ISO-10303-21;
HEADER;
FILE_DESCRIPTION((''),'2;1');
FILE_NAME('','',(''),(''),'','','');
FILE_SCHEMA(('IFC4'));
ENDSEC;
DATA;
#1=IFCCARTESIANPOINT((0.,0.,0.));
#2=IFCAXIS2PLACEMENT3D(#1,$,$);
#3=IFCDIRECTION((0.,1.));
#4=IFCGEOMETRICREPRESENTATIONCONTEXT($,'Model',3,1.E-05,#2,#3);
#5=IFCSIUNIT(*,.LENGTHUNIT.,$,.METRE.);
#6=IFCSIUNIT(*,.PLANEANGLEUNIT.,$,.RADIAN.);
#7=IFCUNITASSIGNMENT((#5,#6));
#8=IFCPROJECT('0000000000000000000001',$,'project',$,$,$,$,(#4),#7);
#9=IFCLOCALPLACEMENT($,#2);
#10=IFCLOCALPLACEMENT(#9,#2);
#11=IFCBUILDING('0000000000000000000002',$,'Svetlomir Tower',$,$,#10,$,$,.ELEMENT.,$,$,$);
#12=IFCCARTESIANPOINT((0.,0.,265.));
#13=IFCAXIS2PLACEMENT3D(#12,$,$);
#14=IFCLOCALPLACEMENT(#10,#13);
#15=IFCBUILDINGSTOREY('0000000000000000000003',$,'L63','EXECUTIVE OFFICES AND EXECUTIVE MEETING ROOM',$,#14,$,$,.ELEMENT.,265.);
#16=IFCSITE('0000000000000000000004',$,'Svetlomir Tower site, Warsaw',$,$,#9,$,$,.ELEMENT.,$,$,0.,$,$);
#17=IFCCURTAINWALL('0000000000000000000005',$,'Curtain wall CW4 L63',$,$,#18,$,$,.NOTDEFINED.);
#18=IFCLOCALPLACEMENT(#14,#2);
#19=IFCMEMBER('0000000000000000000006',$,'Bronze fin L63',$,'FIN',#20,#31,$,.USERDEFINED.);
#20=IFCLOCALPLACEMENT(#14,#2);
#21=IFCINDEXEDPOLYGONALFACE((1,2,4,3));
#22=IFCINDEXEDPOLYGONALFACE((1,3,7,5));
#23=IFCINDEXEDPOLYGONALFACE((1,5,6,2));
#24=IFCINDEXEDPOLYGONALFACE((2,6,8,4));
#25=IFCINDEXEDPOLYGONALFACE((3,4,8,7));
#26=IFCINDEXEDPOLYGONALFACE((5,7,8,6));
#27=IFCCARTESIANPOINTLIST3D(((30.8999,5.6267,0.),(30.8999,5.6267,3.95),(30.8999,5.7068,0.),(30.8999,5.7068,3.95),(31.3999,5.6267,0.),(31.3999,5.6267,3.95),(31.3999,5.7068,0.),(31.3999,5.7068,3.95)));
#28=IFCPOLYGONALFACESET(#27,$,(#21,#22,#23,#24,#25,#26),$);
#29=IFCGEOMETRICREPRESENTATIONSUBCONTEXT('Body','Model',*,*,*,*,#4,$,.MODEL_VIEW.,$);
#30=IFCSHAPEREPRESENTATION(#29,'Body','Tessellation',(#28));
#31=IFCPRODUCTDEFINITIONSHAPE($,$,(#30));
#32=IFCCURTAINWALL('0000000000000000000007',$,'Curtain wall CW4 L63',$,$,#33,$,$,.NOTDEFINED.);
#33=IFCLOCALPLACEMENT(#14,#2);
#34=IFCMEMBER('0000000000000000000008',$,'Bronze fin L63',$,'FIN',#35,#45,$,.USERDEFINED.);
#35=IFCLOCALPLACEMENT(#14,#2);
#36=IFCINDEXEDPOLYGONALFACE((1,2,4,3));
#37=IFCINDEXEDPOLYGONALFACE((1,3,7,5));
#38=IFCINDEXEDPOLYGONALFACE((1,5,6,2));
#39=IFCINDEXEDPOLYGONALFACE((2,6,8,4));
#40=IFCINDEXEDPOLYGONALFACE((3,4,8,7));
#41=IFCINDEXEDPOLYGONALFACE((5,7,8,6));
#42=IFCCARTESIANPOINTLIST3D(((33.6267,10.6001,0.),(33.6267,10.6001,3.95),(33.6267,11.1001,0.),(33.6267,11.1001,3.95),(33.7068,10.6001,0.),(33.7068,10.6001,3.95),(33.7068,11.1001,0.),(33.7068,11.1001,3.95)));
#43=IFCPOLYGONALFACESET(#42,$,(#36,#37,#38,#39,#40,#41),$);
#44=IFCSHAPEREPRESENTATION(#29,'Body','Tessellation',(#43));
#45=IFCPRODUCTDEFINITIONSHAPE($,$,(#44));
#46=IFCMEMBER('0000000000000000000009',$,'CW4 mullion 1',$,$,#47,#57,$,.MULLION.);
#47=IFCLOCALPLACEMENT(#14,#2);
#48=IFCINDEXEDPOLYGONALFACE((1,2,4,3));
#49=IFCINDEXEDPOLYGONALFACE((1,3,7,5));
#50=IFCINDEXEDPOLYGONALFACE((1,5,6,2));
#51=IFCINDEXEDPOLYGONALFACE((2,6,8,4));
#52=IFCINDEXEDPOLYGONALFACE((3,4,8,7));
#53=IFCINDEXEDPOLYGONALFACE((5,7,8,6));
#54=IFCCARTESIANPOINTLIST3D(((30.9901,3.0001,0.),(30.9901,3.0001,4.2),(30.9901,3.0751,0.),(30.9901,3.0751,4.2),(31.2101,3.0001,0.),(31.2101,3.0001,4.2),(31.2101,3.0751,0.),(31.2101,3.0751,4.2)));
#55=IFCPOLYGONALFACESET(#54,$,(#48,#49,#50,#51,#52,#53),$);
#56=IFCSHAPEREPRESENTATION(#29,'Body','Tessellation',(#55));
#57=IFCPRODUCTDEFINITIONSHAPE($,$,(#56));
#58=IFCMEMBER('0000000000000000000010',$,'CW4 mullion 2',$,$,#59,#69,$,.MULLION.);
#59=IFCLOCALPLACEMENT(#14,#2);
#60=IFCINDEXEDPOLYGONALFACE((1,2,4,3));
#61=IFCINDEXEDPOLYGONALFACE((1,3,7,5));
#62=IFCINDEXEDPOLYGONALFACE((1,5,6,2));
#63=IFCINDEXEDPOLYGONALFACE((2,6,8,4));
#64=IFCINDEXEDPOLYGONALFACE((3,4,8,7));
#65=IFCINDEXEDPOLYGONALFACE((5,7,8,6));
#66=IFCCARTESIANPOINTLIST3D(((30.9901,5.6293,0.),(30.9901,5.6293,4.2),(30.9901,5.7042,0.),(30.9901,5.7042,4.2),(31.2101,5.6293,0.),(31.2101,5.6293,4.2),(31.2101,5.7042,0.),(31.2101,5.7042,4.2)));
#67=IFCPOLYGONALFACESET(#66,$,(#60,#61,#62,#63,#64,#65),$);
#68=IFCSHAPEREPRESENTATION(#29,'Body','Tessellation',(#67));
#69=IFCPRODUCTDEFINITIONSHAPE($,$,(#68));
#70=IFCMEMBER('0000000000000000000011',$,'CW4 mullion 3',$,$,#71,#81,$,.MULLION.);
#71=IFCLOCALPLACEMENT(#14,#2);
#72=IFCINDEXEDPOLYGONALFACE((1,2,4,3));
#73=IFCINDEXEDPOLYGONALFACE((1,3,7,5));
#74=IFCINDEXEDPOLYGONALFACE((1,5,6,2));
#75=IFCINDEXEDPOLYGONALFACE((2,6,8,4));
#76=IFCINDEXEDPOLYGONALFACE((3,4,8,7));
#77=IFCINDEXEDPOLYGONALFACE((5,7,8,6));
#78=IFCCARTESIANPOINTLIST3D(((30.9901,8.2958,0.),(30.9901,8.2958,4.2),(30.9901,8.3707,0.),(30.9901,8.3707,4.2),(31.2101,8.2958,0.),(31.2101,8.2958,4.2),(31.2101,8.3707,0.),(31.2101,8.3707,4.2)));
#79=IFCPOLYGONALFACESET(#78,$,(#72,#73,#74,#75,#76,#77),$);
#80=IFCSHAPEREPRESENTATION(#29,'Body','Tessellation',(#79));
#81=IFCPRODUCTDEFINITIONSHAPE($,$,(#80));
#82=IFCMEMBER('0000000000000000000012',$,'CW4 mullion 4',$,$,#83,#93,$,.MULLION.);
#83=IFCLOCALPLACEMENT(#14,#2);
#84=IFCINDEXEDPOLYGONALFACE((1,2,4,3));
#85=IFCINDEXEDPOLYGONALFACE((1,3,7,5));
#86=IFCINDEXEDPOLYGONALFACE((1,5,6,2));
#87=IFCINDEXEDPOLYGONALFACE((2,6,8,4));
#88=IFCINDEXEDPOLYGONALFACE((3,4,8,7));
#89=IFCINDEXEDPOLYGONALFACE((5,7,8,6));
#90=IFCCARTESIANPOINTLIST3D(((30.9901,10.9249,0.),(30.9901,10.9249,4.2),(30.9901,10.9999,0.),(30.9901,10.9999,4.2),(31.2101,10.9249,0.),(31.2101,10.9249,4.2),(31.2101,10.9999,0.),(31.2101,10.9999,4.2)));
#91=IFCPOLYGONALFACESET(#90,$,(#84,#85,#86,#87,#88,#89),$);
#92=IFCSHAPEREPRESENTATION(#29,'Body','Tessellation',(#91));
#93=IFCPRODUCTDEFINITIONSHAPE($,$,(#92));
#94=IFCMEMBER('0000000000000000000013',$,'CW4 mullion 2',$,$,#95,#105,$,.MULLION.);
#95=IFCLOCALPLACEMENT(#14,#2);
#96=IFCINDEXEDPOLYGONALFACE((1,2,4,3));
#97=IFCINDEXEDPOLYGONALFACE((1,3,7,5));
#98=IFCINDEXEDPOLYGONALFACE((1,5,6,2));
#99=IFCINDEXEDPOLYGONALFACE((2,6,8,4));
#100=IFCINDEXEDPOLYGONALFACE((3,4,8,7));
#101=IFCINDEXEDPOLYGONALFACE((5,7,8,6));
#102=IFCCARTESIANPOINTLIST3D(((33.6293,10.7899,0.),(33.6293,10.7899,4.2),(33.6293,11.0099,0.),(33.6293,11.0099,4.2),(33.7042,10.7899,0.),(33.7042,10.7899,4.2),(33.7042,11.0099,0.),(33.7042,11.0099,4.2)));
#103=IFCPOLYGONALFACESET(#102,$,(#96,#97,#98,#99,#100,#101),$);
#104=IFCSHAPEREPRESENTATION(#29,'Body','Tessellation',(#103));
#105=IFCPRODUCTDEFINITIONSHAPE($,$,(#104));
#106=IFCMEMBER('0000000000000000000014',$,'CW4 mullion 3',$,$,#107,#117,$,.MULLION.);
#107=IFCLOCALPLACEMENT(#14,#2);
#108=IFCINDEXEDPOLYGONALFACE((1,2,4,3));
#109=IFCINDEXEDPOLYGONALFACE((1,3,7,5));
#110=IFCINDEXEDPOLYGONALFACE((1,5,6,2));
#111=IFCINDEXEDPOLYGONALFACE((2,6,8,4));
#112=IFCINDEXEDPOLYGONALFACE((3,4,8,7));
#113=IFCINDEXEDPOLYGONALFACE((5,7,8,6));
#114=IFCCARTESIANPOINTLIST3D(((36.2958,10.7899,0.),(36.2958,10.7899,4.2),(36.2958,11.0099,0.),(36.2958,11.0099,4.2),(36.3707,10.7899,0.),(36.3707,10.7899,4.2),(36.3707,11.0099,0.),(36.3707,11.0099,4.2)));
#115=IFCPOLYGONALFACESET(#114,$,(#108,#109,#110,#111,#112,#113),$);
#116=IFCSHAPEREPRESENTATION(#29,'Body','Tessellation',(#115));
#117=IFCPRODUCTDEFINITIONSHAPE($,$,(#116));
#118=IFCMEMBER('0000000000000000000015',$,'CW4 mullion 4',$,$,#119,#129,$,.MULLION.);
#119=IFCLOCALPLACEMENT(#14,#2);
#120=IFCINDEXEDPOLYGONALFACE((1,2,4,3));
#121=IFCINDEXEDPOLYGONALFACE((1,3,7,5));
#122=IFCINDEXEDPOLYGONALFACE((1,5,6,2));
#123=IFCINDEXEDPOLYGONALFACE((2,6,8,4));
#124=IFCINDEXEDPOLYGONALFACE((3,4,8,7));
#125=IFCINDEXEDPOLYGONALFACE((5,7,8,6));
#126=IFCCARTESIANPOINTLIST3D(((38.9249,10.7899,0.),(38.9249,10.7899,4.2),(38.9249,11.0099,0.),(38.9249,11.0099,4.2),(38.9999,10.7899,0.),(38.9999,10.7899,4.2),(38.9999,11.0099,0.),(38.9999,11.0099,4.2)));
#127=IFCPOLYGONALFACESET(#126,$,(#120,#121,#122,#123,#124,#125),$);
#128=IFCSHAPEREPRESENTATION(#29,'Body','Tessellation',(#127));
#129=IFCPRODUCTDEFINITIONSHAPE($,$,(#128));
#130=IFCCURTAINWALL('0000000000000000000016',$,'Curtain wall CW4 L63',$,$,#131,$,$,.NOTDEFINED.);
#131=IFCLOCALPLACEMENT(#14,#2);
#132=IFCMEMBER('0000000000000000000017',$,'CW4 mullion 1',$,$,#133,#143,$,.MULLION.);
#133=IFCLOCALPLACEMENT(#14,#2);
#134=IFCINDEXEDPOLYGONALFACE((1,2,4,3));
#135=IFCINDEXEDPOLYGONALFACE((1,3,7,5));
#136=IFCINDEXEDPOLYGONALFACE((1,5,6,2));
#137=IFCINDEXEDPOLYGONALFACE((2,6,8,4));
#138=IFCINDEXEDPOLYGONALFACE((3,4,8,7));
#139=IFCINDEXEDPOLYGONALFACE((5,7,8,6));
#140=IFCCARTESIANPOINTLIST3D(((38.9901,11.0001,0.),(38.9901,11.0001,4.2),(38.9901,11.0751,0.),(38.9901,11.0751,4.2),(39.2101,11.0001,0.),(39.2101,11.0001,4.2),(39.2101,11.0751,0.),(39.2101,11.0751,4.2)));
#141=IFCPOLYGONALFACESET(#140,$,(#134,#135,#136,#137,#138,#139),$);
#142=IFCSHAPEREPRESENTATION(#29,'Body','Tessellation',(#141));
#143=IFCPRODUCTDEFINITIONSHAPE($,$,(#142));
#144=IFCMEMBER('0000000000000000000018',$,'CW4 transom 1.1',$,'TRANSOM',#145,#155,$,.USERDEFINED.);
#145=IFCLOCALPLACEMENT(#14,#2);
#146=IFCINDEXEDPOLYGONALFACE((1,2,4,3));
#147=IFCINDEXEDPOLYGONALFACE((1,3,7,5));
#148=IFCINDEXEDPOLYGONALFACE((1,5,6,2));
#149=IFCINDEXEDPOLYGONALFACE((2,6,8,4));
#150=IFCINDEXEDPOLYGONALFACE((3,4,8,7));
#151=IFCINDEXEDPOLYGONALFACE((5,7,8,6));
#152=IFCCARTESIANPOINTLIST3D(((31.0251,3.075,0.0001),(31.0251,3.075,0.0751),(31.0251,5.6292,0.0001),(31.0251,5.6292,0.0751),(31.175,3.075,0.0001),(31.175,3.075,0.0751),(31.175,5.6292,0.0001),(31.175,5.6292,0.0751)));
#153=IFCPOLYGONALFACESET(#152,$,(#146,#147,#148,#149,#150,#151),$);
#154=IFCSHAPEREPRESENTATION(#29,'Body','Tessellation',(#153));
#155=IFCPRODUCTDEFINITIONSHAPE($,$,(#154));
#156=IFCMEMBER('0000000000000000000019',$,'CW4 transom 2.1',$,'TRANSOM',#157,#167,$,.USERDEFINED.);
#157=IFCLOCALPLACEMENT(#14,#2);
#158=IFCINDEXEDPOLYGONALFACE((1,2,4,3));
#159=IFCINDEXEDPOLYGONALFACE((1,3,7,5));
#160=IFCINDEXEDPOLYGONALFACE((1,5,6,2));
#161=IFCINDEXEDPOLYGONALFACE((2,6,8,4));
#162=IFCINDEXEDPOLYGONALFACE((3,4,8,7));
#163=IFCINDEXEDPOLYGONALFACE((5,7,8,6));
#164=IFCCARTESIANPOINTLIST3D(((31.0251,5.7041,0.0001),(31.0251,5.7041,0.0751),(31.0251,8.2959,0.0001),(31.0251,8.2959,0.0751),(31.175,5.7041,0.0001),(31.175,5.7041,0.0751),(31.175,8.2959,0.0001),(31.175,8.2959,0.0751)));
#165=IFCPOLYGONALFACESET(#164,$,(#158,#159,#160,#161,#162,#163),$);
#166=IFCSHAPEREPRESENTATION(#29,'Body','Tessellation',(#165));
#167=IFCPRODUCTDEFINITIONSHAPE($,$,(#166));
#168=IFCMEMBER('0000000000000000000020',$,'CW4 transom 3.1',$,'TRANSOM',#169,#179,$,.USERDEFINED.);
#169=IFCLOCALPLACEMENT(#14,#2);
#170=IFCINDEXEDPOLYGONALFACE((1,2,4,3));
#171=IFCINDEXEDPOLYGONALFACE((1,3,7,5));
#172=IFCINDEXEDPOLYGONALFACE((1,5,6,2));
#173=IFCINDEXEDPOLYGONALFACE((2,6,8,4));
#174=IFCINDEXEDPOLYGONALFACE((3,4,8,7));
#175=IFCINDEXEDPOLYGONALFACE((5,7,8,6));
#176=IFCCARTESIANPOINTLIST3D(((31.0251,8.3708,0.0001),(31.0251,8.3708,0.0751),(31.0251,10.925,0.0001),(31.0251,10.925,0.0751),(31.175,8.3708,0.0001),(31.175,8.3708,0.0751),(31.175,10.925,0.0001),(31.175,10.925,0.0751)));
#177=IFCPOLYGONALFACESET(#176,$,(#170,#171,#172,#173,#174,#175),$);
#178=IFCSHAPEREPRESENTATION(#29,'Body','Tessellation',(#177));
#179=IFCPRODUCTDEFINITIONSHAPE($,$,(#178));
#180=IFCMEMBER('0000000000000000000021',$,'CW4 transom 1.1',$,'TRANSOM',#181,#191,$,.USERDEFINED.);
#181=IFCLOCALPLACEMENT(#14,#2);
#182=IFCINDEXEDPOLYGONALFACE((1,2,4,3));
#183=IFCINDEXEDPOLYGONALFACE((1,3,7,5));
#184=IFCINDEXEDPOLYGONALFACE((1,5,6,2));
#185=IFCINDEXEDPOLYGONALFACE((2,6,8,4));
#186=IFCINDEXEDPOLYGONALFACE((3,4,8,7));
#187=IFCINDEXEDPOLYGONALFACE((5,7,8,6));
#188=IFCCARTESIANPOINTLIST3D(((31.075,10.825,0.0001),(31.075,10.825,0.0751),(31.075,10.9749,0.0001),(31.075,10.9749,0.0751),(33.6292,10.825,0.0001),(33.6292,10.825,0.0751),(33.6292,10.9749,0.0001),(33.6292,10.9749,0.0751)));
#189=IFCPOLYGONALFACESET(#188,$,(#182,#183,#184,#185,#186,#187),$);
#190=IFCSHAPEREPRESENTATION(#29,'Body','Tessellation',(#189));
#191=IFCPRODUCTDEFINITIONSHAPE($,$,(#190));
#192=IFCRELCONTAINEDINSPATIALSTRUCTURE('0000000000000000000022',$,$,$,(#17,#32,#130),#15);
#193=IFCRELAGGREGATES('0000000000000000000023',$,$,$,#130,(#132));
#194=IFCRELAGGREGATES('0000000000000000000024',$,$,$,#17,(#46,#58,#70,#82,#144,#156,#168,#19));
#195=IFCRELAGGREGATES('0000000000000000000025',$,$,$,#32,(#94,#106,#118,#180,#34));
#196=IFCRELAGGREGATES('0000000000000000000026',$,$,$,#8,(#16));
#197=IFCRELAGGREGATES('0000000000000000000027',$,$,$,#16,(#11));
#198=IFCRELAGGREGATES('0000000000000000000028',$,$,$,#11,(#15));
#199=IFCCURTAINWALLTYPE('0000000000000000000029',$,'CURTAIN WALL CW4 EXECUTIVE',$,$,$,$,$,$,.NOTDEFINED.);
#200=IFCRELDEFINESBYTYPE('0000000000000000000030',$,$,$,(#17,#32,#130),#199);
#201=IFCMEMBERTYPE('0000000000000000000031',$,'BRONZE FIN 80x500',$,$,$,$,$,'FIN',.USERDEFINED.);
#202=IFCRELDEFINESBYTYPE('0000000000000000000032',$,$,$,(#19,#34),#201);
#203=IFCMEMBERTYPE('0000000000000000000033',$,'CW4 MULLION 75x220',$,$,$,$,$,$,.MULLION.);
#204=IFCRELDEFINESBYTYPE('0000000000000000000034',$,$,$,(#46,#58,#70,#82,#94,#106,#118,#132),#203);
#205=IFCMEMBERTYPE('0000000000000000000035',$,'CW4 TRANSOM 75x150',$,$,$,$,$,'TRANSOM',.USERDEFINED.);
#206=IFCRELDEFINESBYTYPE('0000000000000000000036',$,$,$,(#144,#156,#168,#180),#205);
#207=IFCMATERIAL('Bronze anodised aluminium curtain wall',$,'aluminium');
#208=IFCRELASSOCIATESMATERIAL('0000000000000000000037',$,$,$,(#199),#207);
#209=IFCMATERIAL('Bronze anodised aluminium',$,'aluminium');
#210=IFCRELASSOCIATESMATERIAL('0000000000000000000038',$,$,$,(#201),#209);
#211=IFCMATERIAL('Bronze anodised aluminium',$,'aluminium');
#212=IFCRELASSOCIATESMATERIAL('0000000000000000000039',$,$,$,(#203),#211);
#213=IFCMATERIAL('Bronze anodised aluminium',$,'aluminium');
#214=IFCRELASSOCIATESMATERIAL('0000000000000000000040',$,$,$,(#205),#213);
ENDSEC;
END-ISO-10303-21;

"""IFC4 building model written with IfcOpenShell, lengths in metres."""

from ifc_helpers import new_model, si_unit, direction, frame, origin, origin_2d, place, context, subcontext, project, spatial, rectangle, extrude, material, material_profile, profile_set, type_object, element, aggregate, save


model = new_model("IFC4")

# Units and contexts
model_context = context("Model", 3, precision=1e-05, world=origin(), true_north=direction((0.0, 1.0)))
body_context = subcontext(model_context, "Body", "Model", "MODEL_VIEW")
ifc_project = project(units=[si_unit("LENGTHUNIT", "METRE"), si_unit("PLANEANGLEUNIT", "RADIAN")], contexts=[model_context])

# Site, building, storey
site_placement = place(None, origin())
site = spatial("IfcSite", under=ifc_project, at=site_placement, Name="Svetlomir Tower site, Warsaw", CompositionType="ELEMENT", RefElevation=0.0)
building_placement = place(site_placement, origin())
building = spatial("IfcBuilding", under=site, at=building_placement, Name="Svetlomir Tower", CompositionType="ELEMENT")
storey_placement = place(building_placement, frame((0.0, 0.0, 265.0)))
storey = spatial("IfcBuildingStorey", under=building, at=storey_placement, Name="L63", Description="EXECUTIVE OFFICES AND EXECUTIVE MEETING ROOM", CompositionType="ELEMENT", Elevation=265.0)

# Curtain walls, members
ifc_material_1 = material(Name="Bronze anodised aluminium curtain wall", Category="aluminium")
curtain_wall_type = type_object("IfcCurtainWallType", Name="CURTAIN WALL CW4 EXECUTIVE", PredefinedType="NOTDEFINED", material=ifc_material_1)
curtain_wall_1_placement = place(storey_placement, origin())
curtain_wall_1 = element("IfcCurtainWall", 1, at=curtain_wall_1_placement, inside=storey, type_object=curtain_wall_type, Name="Curtain wall CW4 L63", PredefinedType="NOTDEFINED")
ifc_material_2 = material(Name="Bronze anodised aluminium", Category="aluminium")
ifc_material_profile_1 = material_profile(ifc_material_2, rectangle(XDim=0.0801, YDim=0.5, at=origin_2d()), Name="FIN 80x500")
ifc_profile_set_1 = profile_set([ifc_material_profile_1], Name="Bronze anodised aluminium 6063-T6")
member_type_1 = type_object("IfcMemberType", Name="BRONZE FIN 80x500", ElementType="FIN", PredefinedType="USERDEFINED", material=ifc_profile_set_1)
member_1_placement = place(storey_placement, frame((31.1499, 5.6667, 0.0), z_axis=(0.0, 0.0, 1.0), x_axis=(0.0, 1.0, 0.0)))
member_1 = element("IfcMember", 2, at=member_1_placement, type_object=member_type_1, Name="Bronze fin L63", ObjectType="FIN", PredefinedType="USERDEFINED", context=body_context, shape_type="SweptSolid", body=[
    extrude(rectangle(XDim=0.0801, YDim=0.5, at=origin_2d()), origin(), (0.0, 0.0, 1.0), 3.95),
])
curtain_wall_2_placement = place(storey_placement, origin())
curtain_wall_2 = element("IfcCurtainWall", 3, at=curtain_wall_2_placement, inside=storey, type_object=curtain_wall_type, Name="Curtain wall CW4 L63", PredefinedType="NOTDEFINED")
member_2_placement = place(storey_placement, frame((33.6667, 10.8501, 0.0), z_axis=(0.0, 0.0, 1.0), x_axis=(1.0, 0.0, 0.0)))
member_2 = element("IfcMember", 4, at=member_2_placement, type_object=member_type_1, Name="Bronze fin L63", ObjectType="FIN", PredefinedType="USERDEFINED", context=body_context, shape_type="SweptSolid", body=[
    extrude(rectangle(XDim=0.0801, YDim=0.5, at=origin_2d()), origin(), (0.0, 0.0, 1.0), 3.95),
])

# Members
ifc_material_3 = material(Name="Bronze anodised aluminium", Category="aluminium")
ifc_material_profile_2 = material_profile(ifc_material_3, rectangle(XDim=0.075, YDim=0.22, at=origin_2d()), Name="AL 75x220")
ifc_profile_set_2 = profile_set([ifc_material_profile_2], Name="Bronze anodised aluminium 6063-T6")
member_type_2 = type_object("IfcMemberType", Name="CW4 MULLION 75x220", PredefinedType="MULLION", material=ifc_profile_set_2)
member_3_placement = place(storey_placement, frame((31.1001, 3.0376, 0.0), z_axis=(0.0, 0.0, 1.0), x_axis=(0.0, 1.0, 0.0)))
member_3 = element("IfcMember", 5, at=member_3_placement, type_object=member_type_2, Name="CW4 mullion 1", PredefinedType="MULLION", context=body_context, shape_type="SweptSolid", body=[
    extrude(rectangle(XDim=0.075, YDim=0.22, at=origin_2d()), origin(), (0.0, 0.0, 1.0), 4.2),
])
member_4_placement = place(storey_placement, frame((31.1001, 5.6667, 0.0), z_axis=(0.0, 0.0, 1.0), x_axis=(0.0, 1.0, 0.0)))
member_4 = element("IfcMember", 6, at=member_4_placement, type_object=member_type_2, Name="CW4 mullion 2", PredefinedType="MULLION", context=body_context, shape_type="SweptSolid", body=[
    extrude(rectangle(XDim=0.075, YDim=0.22, at=origin_2d()), origin(), (0.0, 0.0, 1.0), 4.2),
])
member_5_placement = place(storey_placement, frame((31.1001, 8.3333, 0.0), z_axis=(0.0, 0.0, 1.0), x_axis=(0.0, 1.0, 0.0)))
member_5 = element("IfcMember", 7, at=member_5_placement, type_object=member_type_2, Name="CW4 mullion 3", PredefinedType="MULLION", context=body_context, shape_type="SweptSolid", body=[
    extrude(rectangle(XDim=0.075, YDim=0.22, at=origin_2d()), origin(), (0.0, 0.0, 1.0), 4.2),
])
member_6_placement = place(storey_placement, frame((31.1001, 10.9624, 0.0), z_axis=(0.0, 0.0, 1.0), x_axis=(0.0, 1.0, 0.0)))
member_6 = element("IfcMember", 8, at=member_6_placement, type_object=member_type_2, Name="CW4 mullion 4", PredefinedType="MULLION", context=body_context, shape_type="SweptSolid", body=[
    extrude(rectangle(XDim=0.075, YDim=0.22, at=origin_2d()), origin(), (0.0, 0.0, 1.0), 4.2),
])
member_7_placement = place(storey_placement, frame((33.6667, 10.8999, 0.0), z_axis=(0.0, 0.0, 1.0), x_axis=(1.0, 0.0, 0.0)))
member_7 = element("IfcMember", 9, at=member_7_placement, type_object=member_type_2, Name="CW4 mullion 2", PredefinedType="MULLION", context=body_context, shape_type="SweptSolid", body=[
    extrude(rectangle(XDim=0.075, YDim=0.22, at=origin_2d()), origin(), (0.0, 0.0, 1.0), 4.2),
])
member_8_placement = place(storey_placement, frame((36.3333, 10.8999, 0.0), z_axis=(0.0, 0.0, 1.0), x_axis=(1.0, 0.0, 0.0)))
member_8 = element("IfcMember", 10, at=member_8_placement, type_object=member_type_2, Name="CW4 mullion 3", PredefinedType="MULLION", context=body_context, shape_type="SweptSolid", body=[
    extrude(rectangle(XDim=0.075, YDim=0.22, at=origin_2d()), origin(), (0.0, 0.0, 1.0), 4.2),
])
member_9_placement = place(storey_placement, frame((38.9624, 10.8999, 0.0), z_axis=(0.0, 0.0, 1.0), x_axis=(1.0, 0.0, 0.0)))
member_9 = element("IfcMember", 11, at=member_9_placement, type_object=member_type_2, Name="CW4 mullion 4", PredefinedType="MULLION", context=body_context, shape_type="SweptSolid", body=[
    extrude(rectangle(XDim=0.075, YDim=0.22, at=origin_2d()), origin(), (0.0, 0.0, 1.0), 4.2),
])

# Curtain wall, member
curtain_wall_3_placement = place(storey_placement, origin())
curtain_wall_3 = element("IfcCurtainWall", 12, at=curtain_wall_3_placement, inside=storey, type_object=curtain_wall_type, Name="Curtain wall CW4 L63", PredefinedType="NOTDEFINED")
member_10_placement = place(storey_placement, frame((39.1001, 11.0376, 0.0), z_axis=(0.0, 0.0, 1.0), x_axis=(0.0, 1.0, 0.0)))
member_10 = element("IfcMember", 13, at=member_10_placement, type_object=member_type_2, Name="CW4 mullion 1", PredefinedType="MULLION", context=body_context, shape_type="SweptSolid", body=[
    extrude(rectangle(XDim=0.075, YDim=0.22, at=origin_2d()), origin(), (0.0, 0.0, 1.0), 4.2),
])

# Members
ifc_material_4 = material(Name="Bronze anodised aluminium", Category="aluminium")
ifc_material_profile_3 = material_profile(ifc_material_4, rectangle(XDim=0.1499, YDim=0.075, at=origin_2d()), Name="AL 150x75")
ifc_profile_set_3 = profile_set([ifc_material_profile_3], Name="Bronze anodised aluminium 6063-T6")
member_type_3 = type_object("IfcMemberType", Name="CW4 TRANSOM 75x150", ElementType="TRANSOM", PredefinedType="USERDEFINED", material=ifc_profile_set_3)
member_11_placement = place(storey_placement, frame((31.1001, 3.075, 0.0376), z_axis=(0.0, 1.0, 0.0), x_axis=(-1.0, 0.0, 0.0)))
member_11 = element("IfcMember", 14, at=member_11_placement, type_object=member_type_3, Name="CW4 transom 1.1", ObjectType="TRANSOM", PredefinedType="USERDEFINED", context=body_context, shape_type="SweptSolid", body=[
    extrude(rectangle(XDim=0.1499, YDim=0.075, at=origin_2d()), origin(), (0.0, 0.0, 1.0), 2.5542),
])
member_12_placement = place(storey_placement, frame((31.1001, 5.7041, 0.0376), z_axis=(0.0, 1.0, 0.0), x_axis=(-1.0, 0.0, 0.0)))
member_12 = element("IfcMember", 15, at=member_12_placement, type_object=member_type_3, Name="CW4 transom 2.1", ObjectType="TRANSOM", PredefinedType="USERDEFINED", context=body_context, shape_type="SweptSolid", body=[
    extrude(rectangle(XDim=0.1499, YDim=0.075, at=origin_2d()), origin(), (0.0, 0.0, 1.0), 2.5918),
])
member_13_placement = place(storey_placement, frame((31.1001, 8.3708, 0.0376), z_axis=(0.0, 1.0, 0.0), x_axis=(-1.0, 0.0, 0.0)))
member_13 = element("IfcMember", 16, at=member_13_placement, type_object=member_type_3, Name="CW4 transom 3.1", ObjectType="TRANSOM", PredefinedType="USERDEFINED", context=body_context, shape_type="SweptSolid", body=[
    extrude(rectangle(XDim=0.1499, YDim=0.075, at=origin_2d()), origin(), (0.0, 0.0, 1.0), 2.5542),
])
member_14_placement = place(storey_placement, frame((31.075, 10.8999, 0.0376), z_axis=(1.0, 0.0, 0.0), x_axis=(0.0, 1.0, 0.0)))
member_14 = element("IfcMember", 17, at=member_14_placement, type_object=member_type_3, Name="CW4 transom 1.1", ObjectType="TRANSOM", PredefinedType="USERDEFINED", context=body_context, shape_type="SweptSolid", body=[
    extrude(rectangle(XDim=0.1499, YDim=0.075, at=origin_2d()), origin(), (0.0, 0.0, 1.0), 2.5542),
])
aggregate(curtain_wall_3, [member_10])

aggregate(curtain_wall_1, [member_3, member_4, member_5, member_6, member_11, member_12, member_13, member_1])
aggregate(curtain_wall_2, [member_7, member_8, member_9, member_14, member_2])

save(model, "model.ifc")
